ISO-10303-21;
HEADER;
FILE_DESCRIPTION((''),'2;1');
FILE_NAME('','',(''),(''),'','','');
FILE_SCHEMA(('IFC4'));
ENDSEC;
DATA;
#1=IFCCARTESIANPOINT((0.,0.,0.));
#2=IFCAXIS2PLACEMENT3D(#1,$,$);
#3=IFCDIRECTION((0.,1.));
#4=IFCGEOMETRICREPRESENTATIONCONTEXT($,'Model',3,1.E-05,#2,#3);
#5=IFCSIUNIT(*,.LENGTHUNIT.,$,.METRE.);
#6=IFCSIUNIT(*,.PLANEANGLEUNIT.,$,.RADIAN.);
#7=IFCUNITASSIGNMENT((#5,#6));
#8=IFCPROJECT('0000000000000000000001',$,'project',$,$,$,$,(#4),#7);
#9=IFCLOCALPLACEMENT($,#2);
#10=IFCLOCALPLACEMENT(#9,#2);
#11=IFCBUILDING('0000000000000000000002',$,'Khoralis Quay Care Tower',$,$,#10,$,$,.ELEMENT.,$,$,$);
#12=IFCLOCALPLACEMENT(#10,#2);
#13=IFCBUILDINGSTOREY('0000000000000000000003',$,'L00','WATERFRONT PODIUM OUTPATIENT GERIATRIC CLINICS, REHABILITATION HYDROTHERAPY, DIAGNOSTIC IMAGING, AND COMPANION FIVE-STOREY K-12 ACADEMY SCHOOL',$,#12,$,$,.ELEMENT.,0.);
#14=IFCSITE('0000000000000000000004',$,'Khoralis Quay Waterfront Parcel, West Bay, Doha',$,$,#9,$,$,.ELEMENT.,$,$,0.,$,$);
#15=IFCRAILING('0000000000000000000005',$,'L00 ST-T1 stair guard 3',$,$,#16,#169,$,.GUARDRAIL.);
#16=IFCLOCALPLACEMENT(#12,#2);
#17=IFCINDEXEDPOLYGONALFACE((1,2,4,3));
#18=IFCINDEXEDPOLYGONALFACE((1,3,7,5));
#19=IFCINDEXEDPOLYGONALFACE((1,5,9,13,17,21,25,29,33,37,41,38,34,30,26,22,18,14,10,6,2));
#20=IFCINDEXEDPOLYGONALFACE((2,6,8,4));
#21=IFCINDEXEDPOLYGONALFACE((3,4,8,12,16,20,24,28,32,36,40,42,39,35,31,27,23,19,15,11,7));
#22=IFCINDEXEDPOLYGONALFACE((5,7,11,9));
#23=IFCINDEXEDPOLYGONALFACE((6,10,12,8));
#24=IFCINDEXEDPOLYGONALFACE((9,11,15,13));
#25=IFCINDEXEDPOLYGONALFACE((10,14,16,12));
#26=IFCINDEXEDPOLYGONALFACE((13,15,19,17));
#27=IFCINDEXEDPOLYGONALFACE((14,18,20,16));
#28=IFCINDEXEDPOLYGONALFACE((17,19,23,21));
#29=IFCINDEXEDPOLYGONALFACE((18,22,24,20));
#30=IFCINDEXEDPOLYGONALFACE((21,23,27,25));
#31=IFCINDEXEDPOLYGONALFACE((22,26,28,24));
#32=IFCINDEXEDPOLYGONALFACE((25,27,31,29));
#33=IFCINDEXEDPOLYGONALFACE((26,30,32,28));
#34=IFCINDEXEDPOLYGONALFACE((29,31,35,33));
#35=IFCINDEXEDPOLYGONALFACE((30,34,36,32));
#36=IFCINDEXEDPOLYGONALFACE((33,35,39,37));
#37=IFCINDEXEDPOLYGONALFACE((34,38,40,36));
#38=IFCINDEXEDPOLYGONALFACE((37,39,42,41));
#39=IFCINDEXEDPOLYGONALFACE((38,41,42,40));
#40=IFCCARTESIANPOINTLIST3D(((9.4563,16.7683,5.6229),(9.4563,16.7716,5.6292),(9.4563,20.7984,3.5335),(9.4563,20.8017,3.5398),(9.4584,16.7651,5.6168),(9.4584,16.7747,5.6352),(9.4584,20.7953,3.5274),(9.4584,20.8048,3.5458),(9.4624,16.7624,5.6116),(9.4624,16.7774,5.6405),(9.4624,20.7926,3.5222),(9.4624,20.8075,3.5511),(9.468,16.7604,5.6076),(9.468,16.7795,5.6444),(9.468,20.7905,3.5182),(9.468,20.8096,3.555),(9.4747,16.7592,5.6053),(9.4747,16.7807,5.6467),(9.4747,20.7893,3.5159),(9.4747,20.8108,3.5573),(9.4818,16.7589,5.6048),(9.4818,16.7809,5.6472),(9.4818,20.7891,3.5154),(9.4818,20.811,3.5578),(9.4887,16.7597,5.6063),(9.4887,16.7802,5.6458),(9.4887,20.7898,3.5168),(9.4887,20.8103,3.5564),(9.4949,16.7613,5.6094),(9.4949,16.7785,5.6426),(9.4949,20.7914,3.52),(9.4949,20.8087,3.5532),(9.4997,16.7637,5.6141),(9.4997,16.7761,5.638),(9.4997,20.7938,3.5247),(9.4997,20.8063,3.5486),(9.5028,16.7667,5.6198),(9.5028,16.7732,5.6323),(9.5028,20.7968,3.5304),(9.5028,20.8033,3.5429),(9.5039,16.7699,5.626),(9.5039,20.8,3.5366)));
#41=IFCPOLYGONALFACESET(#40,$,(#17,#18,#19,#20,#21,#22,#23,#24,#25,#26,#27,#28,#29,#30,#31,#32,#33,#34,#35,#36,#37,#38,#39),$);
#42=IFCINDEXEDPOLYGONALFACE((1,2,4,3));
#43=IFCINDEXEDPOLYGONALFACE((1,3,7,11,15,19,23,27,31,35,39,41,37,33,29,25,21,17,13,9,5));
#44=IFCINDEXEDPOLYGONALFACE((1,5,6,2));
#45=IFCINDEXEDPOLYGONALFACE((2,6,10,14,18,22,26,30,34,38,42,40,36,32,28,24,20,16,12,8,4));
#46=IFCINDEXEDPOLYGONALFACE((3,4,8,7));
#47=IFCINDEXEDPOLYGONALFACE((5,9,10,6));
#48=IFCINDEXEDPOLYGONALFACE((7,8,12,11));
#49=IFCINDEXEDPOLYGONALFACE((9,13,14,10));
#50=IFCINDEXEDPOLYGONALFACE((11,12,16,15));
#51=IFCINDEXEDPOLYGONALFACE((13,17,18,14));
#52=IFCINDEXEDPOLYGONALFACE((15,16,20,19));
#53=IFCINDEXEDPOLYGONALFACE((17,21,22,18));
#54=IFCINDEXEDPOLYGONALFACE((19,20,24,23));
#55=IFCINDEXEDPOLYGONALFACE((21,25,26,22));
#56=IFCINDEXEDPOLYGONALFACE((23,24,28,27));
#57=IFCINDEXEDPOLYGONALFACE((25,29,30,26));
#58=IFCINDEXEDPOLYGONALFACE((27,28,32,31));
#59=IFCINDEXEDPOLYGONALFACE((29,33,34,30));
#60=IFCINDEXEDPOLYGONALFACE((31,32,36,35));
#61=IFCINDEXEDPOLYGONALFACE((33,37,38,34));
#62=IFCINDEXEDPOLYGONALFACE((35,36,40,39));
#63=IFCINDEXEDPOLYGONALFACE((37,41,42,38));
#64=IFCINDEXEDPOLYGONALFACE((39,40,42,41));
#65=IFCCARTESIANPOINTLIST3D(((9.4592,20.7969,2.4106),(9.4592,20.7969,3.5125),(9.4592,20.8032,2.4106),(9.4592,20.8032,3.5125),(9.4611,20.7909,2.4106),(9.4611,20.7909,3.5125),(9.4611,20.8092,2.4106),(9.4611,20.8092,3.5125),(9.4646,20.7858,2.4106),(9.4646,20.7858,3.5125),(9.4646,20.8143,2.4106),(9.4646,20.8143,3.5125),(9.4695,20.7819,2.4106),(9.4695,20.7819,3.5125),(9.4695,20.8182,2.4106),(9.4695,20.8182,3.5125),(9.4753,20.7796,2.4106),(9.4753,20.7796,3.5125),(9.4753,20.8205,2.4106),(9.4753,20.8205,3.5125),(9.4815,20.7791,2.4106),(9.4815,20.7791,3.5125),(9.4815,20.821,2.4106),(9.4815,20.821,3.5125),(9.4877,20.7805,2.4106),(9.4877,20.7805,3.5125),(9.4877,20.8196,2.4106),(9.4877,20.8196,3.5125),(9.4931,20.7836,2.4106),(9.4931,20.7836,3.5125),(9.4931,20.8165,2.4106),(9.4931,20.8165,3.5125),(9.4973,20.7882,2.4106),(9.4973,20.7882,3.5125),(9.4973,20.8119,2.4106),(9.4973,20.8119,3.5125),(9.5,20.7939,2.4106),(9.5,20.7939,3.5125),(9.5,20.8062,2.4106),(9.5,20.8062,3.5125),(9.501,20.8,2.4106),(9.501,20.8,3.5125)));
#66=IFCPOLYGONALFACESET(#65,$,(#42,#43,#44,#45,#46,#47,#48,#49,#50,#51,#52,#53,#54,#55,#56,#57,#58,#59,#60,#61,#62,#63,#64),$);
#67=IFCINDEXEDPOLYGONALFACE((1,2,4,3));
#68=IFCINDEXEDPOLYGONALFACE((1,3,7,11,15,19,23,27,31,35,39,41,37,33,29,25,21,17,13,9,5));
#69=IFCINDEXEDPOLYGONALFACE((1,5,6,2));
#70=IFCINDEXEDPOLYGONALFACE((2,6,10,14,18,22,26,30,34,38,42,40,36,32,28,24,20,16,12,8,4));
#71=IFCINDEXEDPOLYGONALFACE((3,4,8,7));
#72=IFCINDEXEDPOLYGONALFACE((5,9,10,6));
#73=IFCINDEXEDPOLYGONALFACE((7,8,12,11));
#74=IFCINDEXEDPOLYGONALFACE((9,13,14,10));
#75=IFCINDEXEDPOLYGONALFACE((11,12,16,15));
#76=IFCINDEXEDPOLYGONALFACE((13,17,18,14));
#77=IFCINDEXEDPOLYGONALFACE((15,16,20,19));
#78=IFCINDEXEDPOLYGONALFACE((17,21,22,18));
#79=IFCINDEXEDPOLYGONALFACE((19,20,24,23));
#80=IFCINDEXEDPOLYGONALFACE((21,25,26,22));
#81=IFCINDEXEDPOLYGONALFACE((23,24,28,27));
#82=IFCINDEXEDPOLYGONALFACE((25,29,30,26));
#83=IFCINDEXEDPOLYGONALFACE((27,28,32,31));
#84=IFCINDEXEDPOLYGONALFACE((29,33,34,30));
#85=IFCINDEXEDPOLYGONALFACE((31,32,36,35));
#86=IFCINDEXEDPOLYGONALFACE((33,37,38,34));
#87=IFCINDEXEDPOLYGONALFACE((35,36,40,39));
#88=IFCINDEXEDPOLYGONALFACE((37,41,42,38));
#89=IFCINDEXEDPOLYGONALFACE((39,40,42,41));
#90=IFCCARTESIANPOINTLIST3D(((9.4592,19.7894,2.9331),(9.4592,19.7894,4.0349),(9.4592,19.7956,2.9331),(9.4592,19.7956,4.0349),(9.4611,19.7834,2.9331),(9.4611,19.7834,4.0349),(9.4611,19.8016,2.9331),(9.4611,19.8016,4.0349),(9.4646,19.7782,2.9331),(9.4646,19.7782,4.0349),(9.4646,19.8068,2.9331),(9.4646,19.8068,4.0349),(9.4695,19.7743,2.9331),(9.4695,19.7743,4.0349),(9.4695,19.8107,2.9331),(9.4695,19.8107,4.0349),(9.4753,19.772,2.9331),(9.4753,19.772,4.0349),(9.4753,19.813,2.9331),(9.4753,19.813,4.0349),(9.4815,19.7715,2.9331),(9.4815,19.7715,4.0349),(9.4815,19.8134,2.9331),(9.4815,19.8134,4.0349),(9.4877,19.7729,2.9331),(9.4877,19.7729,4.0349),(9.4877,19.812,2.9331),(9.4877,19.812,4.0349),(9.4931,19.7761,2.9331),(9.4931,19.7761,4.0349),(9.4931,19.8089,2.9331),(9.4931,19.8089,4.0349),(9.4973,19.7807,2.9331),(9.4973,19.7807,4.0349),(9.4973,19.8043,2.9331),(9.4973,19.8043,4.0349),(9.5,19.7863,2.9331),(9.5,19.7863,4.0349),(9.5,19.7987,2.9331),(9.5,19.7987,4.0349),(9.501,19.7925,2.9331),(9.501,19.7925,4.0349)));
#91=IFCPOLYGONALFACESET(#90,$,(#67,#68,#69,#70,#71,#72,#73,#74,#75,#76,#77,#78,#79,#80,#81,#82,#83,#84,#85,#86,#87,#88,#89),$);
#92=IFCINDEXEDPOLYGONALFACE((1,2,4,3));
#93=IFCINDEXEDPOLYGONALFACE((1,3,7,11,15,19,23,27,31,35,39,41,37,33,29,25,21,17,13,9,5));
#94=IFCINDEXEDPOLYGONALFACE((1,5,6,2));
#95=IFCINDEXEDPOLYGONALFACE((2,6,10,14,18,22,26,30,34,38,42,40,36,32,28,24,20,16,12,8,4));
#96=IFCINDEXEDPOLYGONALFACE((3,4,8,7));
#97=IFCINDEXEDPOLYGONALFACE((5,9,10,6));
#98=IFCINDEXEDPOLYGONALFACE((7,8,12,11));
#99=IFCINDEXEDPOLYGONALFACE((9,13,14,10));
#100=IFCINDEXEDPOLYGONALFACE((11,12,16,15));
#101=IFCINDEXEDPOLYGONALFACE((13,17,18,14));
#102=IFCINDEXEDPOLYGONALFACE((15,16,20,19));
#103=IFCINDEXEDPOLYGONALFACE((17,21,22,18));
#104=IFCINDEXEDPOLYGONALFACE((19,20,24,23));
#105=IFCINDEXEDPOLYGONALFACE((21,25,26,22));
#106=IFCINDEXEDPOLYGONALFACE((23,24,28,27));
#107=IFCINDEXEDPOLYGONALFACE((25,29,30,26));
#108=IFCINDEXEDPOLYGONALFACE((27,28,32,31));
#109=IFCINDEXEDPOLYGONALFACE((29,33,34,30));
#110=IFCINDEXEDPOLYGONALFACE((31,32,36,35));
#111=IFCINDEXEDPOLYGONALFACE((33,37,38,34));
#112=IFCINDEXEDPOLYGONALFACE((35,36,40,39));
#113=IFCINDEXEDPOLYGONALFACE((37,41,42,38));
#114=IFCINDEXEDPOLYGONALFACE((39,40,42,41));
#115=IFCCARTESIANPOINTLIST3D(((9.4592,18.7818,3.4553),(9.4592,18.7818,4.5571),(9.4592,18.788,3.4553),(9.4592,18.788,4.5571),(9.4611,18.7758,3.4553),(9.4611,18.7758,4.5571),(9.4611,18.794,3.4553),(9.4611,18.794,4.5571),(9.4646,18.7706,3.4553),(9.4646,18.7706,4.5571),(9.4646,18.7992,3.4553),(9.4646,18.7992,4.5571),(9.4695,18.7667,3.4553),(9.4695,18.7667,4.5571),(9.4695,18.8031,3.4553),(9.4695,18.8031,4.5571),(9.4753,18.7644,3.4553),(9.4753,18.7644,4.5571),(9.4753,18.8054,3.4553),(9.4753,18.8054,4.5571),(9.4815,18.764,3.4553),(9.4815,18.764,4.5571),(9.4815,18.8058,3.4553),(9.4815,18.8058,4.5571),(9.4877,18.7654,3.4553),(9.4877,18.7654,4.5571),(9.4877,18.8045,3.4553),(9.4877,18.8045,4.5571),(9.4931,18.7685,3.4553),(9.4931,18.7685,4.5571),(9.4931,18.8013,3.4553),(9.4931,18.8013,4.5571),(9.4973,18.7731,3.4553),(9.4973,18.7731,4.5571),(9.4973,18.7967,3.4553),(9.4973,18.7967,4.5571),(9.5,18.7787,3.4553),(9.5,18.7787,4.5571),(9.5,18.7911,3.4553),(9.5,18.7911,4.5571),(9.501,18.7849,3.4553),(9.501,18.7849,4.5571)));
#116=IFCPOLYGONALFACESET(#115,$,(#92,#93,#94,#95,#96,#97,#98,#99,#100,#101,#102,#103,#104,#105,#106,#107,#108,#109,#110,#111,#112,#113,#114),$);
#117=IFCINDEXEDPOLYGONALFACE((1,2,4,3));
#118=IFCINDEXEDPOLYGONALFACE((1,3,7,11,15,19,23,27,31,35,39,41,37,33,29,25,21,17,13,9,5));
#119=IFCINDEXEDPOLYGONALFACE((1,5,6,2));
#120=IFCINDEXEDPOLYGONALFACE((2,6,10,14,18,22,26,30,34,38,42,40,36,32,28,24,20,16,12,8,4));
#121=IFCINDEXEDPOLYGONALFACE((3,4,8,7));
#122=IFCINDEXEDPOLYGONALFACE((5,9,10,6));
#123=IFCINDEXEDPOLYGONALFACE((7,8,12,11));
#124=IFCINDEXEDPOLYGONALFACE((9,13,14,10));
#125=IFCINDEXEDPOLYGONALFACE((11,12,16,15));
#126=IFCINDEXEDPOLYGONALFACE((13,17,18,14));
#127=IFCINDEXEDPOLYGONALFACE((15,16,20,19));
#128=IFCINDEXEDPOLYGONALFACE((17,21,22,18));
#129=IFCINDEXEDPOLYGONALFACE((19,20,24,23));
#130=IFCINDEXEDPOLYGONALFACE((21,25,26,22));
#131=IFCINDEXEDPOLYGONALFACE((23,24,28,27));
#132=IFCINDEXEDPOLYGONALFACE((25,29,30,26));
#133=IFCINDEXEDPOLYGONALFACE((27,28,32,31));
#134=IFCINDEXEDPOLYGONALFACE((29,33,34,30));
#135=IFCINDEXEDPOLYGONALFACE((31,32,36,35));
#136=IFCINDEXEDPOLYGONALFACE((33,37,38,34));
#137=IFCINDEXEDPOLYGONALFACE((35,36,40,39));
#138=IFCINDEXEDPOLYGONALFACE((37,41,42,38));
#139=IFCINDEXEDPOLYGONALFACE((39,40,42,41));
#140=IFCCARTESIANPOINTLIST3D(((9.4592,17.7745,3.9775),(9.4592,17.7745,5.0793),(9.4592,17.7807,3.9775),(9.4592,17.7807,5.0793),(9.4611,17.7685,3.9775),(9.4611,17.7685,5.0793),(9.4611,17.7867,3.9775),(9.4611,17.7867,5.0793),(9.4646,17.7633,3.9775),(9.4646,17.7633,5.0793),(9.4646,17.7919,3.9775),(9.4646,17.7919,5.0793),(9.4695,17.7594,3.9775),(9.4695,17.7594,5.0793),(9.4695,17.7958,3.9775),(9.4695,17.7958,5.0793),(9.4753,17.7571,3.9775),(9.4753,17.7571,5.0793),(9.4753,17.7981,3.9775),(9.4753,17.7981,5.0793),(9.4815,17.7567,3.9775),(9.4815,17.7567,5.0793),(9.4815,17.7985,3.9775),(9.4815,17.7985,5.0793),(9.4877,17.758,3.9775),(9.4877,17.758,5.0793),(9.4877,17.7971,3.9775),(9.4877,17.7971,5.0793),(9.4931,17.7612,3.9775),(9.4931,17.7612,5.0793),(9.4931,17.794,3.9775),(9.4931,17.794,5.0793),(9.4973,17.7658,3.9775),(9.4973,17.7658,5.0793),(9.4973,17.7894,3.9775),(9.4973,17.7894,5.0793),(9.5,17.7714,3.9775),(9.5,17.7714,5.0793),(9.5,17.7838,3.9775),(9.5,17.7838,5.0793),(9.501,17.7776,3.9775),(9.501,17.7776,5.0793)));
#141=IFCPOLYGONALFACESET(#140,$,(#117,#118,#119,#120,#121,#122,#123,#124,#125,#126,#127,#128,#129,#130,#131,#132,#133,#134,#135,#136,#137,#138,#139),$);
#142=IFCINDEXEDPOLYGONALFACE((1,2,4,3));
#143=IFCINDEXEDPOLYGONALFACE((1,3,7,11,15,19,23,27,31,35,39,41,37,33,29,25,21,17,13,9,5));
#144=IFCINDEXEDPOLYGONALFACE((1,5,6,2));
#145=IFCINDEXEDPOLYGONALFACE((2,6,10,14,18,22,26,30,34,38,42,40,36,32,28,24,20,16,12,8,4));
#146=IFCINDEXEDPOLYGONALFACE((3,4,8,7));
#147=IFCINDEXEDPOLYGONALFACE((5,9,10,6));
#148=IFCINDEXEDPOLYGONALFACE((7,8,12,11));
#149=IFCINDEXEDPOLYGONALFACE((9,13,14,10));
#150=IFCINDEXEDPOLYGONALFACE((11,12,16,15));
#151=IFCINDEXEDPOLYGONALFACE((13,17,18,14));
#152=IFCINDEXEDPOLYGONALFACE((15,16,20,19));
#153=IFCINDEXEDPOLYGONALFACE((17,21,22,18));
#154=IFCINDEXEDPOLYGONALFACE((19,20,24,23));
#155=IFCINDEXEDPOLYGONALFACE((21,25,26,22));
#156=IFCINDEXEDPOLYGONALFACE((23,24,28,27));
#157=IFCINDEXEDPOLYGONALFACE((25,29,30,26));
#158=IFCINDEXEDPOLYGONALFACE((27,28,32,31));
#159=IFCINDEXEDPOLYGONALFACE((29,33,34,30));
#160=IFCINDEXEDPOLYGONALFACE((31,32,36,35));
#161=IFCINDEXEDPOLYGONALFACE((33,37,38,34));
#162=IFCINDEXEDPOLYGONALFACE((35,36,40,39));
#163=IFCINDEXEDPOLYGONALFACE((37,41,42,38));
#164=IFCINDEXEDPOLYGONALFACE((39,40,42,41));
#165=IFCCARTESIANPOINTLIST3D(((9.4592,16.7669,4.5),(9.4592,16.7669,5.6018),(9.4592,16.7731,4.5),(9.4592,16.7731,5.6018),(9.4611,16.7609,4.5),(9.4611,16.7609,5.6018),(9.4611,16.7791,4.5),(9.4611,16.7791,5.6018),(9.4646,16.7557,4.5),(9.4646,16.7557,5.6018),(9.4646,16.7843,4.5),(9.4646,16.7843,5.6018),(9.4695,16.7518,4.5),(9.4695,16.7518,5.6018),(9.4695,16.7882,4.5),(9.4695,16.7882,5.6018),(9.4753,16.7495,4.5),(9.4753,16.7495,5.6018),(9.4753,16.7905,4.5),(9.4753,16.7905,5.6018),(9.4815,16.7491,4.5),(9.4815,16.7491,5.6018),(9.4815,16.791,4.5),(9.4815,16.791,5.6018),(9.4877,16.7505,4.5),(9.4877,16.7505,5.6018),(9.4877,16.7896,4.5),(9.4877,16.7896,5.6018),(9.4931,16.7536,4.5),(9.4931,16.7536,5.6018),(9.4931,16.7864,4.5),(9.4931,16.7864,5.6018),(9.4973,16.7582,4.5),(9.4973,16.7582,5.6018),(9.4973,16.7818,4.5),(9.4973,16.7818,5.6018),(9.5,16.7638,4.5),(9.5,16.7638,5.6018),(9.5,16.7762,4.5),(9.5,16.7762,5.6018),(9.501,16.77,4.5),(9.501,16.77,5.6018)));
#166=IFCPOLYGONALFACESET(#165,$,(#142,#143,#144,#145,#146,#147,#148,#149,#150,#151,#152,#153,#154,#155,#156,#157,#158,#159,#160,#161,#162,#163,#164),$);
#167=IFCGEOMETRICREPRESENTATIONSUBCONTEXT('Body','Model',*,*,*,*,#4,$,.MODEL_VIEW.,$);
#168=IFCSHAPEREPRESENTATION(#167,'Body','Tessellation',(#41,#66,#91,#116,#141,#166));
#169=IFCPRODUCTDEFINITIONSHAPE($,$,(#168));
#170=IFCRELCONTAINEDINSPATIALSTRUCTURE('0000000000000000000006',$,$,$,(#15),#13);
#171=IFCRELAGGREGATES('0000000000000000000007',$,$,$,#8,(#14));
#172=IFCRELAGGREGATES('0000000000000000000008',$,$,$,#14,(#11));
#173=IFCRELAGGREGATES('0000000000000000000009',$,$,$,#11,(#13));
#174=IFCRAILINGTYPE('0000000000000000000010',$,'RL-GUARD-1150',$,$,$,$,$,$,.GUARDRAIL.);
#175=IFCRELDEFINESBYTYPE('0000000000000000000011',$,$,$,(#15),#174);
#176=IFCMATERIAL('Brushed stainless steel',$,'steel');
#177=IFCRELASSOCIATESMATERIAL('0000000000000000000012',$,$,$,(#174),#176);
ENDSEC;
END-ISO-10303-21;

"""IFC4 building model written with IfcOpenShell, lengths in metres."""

from ifc_helpers import new_model, si_unit, direction, frame, origin, origin_2d, place, context, subcontext, project, spatial, circle, extrude, material, type_object, element, save


model = new_model("IFC4")

# Units and contexts
model_context = context("Model", 3, precision=1e-05, world=origin(), true_north=direction((0.0, 1.0)))
body_context = subcontext(model_context, "Body", "Model", "MODEL_VIEW")
ifc_project = project(units=[si_unit("LENGTHUNIT", "METRE"), si_unit("PLANEANGLEUNIT", "RADIAN")], contexts=[model_context])

# Site, building, storey
site_placement = place(None, origin())
site = spatial("IfcSite", under=ifc_project, at=site_placement, Name="Khoralis Quay Waterfront Parcel, West Bay, Doha", CompositionType="ELEMENT", RefElevation=0.0)
building_placement = place(site_placement, origin())
building = spatial("IfcBuilding", under=site, at=building_placement, Name="Khoralis Quay Care Tower", CompositionType="ELEMENT")
storey_placement = place(building_placement, origin())
storey = spatial("IfcBuildingStorey", under=building, at=storey_placement, Name="L00", Description="WATERFRONT PODIUM OUTPATIENT GERIATRIC CLINICS, REHABILITATION HYDROTHERAPY, DIAGNOSTIC IMAGING, AND COMPANION FIVE-STOREY K-12 ACADEMY SCHOOL", CompositionType="ELEMENT", Elevation=0.0)

# Shared definitions
ifc_material_1 = material(Name="Brushed stainless steel", Category="steel")

# Railing
railing_type_1 = type_object("IfcRailingType", Name="RL-GUARD-1150", PredefinedType="GUARDRAIL", material=ifc_material_1)
railing_1_placement = place(storey_placement, frame((9.48, 20.8, 2.4106)))
element("IfcRailing", 1, at=railing_1_placement, inside=storey, type_object=railing_type_1, Name="L00 ST-T1 stair guard 3", PredefinedType="GUARDRAIL", context=body_context, shape_type="SweptSolid", body=[
    extrude(circle(Radius=0.0239, at=origin_2d()), frame((0.0, 0.0, 1.126), z_axis=(0.0, -0.887781, 0.460267), x_axis=(1.0, 0.0, 0.0)), (0.0, 0.0, 1.0), 4.5396),
    extrude(circle(Radius=0.021, at=origin_2d()), origin(), (0.0, 0.0, 1.0), 1.1018),
    extrude(circle(Radius=0.021, at=origin_2d()), frame((0.0, -1.0076, 0.5225)), (0.0, 0.0, 1.0), 1.1018),
    extrude(circle(Radius=0.021, at=origin_2d()), frame((0.0, -2.0151, 1.0447)), (0.0, 0.0, 1.0), 1.1018),
    extrude(circle(Radius=0.021, at=origin_2d()), frame((0.0, -3.0225, 1.5669)), (0.0, 0.0, 1.0), 1.1018),
    extrude(circle(Radius=0.021, at=origin_2d()), frame((0.0, -4.03, 2.0894)), (0.0, 0.0, 1.0), 1.1018),
])

save(model, "model.ifc")
